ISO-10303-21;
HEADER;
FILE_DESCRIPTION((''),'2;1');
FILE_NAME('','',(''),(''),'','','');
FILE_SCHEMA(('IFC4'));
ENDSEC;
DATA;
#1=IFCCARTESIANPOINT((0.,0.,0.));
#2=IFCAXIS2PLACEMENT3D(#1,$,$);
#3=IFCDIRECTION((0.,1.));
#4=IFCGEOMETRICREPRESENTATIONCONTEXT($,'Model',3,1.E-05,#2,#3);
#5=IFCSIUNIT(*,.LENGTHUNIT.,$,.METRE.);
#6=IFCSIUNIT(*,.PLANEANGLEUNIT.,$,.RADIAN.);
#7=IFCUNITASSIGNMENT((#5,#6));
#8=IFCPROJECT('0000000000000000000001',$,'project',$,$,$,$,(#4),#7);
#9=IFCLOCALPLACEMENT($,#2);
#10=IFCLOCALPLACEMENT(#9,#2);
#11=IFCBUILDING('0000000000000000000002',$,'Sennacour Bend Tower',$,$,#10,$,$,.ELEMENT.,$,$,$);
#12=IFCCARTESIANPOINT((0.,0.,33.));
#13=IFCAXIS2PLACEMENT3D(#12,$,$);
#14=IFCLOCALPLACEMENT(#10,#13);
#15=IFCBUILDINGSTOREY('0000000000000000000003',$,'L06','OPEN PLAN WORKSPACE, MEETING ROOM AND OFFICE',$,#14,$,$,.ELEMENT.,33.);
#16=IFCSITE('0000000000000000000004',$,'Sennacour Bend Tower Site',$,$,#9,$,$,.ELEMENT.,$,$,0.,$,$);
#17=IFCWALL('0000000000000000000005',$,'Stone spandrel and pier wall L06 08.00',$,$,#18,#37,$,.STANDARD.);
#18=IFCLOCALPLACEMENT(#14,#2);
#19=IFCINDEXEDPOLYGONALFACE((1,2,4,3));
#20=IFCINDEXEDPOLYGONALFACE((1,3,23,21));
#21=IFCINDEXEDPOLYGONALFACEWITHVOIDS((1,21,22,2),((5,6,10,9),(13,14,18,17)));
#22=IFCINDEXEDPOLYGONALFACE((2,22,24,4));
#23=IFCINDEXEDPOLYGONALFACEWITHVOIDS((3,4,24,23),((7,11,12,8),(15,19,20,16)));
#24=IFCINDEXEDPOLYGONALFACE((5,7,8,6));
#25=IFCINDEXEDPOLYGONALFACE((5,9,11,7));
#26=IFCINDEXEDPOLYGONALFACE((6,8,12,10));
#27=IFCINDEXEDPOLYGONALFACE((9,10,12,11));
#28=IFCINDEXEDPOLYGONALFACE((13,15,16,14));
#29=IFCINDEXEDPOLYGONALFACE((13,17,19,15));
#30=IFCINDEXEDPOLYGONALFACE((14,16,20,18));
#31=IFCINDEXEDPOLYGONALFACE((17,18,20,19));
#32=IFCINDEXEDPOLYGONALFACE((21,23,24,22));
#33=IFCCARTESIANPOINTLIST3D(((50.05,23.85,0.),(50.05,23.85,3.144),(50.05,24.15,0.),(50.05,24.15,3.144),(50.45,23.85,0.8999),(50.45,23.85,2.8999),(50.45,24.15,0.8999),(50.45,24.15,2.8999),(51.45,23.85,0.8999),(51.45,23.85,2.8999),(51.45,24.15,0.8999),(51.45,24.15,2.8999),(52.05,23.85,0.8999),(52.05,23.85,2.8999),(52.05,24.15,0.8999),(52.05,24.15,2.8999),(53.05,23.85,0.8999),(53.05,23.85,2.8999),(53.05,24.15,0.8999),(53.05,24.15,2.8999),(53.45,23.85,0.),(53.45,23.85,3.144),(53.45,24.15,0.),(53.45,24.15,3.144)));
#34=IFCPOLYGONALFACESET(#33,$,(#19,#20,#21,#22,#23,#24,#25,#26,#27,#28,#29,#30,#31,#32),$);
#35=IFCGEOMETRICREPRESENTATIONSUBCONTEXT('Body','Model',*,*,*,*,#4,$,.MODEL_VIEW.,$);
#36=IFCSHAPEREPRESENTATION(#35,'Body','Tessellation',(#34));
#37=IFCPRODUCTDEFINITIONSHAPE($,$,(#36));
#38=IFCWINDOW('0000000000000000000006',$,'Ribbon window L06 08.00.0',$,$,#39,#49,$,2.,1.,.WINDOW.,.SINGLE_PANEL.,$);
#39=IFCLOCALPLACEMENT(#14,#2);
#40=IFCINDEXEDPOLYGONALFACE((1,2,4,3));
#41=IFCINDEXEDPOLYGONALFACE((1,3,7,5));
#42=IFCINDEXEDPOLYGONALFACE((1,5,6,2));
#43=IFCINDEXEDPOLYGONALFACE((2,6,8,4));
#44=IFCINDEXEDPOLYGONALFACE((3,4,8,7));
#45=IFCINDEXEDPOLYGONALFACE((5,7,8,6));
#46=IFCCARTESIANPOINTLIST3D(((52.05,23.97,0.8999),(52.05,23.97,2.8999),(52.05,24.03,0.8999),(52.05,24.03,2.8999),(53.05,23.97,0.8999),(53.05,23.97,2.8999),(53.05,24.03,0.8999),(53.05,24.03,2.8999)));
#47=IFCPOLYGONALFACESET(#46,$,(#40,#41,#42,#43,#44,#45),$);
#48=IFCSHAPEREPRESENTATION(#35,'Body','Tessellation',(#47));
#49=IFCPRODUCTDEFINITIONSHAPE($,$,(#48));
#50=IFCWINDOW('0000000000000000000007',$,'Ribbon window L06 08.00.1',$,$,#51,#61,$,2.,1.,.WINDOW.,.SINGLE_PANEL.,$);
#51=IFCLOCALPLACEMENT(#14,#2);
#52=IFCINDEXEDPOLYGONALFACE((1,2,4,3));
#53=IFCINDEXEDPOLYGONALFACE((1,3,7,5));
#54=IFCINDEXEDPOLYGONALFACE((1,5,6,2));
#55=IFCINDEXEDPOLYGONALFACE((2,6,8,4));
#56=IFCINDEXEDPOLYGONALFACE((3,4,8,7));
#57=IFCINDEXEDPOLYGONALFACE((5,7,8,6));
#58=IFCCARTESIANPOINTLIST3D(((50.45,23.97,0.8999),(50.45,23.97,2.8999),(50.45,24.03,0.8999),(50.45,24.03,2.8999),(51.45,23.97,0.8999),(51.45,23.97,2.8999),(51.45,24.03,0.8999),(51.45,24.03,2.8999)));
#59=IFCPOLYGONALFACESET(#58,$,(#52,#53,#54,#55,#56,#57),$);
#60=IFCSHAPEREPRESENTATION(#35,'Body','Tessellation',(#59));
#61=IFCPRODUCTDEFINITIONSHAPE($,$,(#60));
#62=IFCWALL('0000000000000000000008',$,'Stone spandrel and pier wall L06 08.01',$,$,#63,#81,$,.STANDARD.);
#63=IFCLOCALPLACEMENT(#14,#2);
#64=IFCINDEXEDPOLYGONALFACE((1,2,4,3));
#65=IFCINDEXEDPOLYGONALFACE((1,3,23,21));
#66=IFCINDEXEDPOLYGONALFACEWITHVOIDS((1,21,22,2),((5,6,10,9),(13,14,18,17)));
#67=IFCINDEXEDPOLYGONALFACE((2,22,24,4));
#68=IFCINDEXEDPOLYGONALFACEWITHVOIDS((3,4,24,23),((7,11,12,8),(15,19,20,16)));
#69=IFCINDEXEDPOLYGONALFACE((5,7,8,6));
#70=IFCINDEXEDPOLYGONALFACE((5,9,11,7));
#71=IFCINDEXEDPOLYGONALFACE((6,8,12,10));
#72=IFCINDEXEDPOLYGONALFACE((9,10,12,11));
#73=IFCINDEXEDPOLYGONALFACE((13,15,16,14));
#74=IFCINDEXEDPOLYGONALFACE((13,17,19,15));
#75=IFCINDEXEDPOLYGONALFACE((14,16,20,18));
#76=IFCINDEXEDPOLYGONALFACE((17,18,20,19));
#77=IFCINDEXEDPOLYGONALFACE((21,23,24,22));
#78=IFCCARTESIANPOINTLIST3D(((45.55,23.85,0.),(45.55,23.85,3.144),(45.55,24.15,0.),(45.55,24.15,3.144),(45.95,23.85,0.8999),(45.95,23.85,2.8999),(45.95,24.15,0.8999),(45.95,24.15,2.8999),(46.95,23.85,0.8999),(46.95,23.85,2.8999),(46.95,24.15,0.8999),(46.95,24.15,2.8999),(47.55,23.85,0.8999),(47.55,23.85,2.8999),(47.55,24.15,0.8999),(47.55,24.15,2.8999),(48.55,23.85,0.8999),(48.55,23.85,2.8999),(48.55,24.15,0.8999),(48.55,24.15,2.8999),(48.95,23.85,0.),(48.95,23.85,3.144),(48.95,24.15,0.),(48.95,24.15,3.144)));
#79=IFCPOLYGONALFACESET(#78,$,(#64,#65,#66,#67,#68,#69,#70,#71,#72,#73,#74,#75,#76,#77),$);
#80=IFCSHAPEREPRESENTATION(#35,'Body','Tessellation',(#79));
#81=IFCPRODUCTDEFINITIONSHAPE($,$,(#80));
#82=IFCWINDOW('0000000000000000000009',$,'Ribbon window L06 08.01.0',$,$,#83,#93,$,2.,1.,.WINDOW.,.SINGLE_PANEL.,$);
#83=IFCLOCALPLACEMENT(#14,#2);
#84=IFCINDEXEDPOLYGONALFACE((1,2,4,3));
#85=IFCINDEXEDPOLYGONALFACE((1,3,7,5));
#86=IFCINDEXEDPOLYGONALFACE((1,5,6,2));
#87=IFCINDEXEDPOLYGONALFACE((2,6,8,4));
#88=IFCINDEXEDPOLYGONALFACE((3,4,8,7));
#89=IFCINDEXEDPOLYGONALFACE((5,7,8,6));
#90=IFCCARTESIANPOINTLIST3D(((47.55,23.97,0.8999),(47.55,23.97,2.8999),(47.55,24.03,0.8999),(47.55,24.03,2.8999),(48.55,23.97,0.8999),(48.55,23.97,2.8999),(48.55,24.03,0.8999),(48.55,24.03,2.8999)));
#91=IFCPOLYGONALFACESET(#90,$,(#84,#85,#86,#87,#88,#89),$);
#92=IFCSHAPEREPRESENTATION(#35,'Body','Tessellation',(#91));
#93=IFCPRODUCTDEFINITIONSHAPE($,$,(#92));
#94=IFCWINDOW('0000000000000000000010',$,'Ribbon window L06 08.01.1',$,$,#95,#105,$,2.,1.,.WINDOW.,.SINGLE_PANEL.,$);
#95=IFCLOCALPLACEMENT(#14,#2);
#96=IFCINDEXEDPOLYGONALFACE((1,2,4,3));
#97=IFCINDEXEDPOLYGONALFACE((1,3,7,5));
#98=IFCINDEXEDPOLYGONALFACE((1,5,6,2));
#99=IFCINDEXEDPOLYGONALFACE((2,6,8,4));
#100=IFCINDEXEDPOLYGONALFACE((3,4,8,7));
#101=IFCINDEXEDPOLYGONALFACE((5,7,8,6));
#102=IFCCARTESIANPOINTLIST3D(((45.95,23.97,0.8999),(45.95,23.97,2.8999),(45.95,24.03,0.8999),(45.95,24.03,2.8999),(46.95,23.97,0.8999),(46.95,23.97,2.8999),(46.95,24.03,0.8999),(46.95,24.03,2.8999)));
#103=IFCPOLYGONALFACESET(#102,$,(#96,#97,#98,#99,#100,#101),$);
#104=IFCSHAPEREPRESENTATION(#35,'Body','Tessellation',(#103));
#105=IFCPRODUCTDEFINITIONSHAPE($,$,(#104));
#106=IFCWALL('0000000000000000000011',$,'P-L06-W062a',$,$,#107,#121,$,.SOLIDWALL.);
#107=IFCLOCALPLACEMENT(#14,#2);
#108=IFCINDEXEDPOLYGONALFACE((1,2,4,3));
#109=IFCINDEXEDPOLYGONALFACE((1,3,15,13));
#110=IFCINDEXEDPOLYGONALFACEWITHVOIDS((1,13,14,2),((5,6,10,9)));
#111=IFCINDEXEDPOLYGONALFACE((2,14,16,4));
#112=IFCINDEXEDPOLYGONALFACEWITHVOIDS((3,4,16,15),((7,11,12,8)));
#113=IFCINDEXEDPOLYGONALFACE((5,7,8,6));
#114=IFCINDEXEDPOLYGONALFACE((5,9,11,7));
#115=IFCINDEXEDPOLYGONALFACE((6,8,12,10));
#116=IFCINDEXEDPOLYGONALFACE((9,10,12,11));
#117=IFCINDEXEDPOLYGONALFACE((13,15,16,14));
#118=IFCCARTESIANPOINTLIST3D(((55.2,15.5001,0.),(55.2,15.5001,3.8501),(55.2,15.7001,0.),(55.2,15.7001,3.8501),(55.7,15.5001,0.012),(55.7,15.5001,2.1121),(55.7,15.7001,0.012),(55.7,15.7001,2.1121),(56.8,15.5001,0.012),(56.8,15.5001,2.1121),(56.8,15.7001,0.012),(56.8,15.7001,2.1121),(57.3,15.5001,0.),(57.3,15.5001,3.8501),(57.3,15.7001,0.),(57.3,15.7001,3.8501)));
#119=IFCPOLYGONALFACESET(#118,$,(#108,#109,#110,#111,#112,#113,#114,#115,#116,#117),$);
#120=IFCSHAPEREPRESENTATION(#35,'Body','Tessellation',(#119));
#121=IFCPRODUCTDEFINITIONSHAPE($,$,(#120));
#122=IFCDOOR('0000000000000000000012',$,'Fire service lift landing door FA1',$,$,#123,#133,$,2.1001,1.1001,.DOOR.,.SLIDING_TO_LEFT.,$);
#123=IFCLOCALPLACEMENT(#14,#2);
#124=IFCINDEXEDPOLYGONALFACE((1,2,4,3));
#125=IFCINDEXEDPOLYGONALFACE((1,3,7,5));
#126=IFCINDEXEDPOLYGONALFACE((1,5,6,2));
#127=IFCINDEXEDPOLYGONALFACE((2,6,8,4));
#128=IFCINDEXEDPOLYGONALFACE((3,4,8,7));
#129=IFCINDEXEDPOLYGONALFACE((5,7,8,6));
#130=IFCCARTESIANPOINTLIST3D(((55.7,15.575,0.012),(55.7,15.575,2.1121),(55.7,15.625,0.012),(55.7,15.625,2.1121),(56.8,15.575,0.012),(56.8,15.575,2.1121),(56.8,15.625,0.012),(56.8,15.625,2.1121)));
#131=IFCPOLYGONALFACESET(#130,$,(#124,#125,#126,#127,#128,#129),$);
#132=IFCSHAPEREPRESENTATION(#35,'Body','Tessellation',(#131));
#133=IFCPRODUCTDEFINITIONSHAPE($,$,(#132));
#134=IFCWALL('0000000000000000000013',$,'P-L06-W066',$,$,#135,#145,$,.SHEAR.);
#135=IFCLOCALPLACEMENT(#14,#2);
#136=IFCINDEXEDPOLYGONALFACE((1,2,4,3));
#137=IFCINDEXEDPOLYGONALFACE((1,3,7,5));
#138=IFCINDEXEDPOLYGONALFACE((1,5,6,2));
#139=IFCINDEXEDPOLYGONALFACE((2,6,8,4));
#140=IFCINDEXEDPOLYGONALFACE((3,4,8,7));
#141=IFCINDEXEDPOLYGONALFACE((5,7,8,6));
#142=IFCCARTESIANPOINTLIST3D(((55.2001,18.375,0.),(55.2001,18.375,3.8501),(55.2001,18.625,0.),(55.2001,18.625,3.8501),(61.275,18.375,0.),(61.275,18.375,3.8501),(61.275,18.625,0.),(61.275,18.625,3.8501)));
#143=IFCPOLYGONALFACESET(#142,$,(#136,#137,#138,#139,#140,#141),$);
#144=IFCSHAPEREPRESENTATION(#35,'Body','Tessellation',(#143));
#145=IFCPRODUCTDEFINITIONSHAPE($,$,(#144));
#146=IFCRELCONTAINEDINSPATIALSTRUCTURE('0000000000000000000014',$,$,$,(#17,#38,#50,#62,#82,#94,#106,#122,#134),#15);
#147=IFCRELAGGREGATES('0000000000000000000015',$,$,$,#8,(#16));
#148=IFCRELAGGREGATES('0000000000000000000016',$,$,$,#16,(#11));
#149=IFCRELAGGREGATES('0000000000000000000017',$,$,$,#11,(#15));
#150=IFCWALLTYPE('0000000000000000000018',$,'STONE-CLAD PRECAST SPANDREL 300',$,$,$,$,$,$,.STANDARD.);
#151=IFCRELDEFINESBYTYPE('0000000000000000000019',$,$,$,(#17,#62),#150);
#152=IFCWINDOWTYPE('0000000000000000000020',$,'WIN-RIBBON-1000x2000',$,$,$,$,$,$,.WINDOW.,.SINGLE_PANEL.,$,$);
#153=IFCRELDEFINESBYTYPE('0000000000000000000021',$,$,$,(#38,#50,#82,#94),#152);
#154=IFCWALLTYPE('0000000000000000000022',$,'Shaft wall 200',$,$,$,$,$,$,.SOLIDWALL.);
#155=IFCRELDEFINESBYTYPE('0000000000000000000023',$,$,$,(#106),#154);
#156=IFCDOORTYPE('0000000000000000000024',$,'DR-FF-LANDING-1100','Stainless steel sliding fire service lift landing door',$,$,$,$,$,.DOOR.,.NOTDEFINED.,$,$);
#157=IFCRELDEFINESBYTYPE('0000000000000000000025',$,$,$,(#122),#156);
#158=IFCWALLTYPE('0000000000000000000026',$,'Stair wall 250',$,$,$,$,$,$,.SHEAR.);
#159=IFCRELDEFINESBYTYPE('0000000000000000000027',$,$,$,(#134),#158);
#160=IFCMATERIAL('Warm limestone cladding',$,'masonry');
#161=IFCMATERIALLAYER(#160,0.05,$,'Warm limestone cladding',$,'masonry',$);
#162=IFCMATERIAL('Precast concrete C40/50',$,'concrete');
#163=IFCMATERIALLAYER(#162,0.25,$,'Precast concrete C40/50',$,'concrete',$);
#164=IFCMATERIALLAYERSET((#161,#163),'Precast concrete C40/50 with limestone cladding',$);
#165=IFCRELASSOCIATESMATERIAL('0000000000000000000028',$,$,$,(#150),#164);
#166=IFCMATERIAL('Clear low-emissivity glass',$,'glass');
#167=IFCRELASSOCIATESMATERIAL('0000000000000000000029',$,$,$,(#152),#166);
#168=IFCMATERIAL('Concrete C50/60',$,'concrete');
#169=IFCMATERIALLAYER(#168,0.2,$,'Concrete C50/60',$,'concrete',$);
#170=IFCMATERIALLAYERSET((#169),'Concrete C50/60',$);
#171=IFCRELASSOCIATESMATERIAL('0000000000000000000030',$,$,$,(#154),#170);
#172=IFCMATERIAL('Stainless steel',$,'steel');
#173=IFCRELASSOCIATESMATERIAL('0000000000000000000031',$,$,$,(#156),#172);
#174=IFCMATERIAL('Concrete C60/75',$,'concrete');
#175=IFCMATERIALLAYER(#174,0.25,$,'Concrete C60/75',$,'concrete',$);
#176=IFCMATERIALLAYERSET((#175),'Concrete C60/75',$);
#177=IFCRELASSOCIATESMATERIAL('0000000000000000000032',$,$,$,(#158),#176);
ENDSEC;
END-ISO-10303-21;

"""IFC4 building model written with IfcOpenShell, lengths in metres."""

from ifc_helpers import new_model, si_unit, direction, frame, frame_2d, origin, place, context, subcontext, project, spatial, rectangle, extrude, material, layer, layer_set, type_object, element, fill, save


model = new_model("IFC4")

# Units and contexts
model_context = context("Model", 3, precision=1e-05, world=origin(), true_north=direction((0.0, 1.0)))
body_context = subcontext(model_context, "Body", "Model", "MODEL_VIEW")
ifc_project = project(units=[si_unit("LENGTHUNIT", "METRE"), si_unit("PLANEANGLEUNIT", "RADIAN")], contexts=[model_context])

# Site, building, storey
site_placement = place(None, origin())
site = spatial("IfcSite", under=ifc_project, at=site_placement, Name="Sennacour Bend Tower Site", CompositionType="ELEMENT", RefElevation=0.0)
building_placement = place(site_placement, origin())
building = spatial("IfcBuilding", under=site, at=building_placement, Name="Sennacour Bend Tower", CompositionType="ELEMENT")
storey_placement = place(building_placement, frame((0.0, 0.0, 33.0)))
storey = spatial("IfcBuildingStorey", under=building, at=storey_placement, Name="L06", Description="OPEN PLAN WORKSPACE, MEETING ROOM AND OFFICE", CompositionType="ELEMENT", Elevation=33.0)

# Shared definitions
ifc_material_1 = material(Name="Warm limestone cladding", Category="masonry")
ifc_layer_1 = layer(ifc_material_1, 0.05, Name="Warm limestone cladding", Category="masonry")
ifc_material_2 = material(Name="Precast concrete C40/50", Category="concrete")
ifc_layer_2 = layer(ifc_material_2, 0.25, Name="Precast concrete C40/50", Category="concrete")
ifc_layer_set_1 = layer_set([ifc_layer_1, ifc_layer_2], Name="Precast concrete C40/50 with limestone cladding")
wall_type_1 = type_object("IfcWallType", Name="STONE-CLAD PRECAST SPANDREL 300", PredefinedType="STANDARD", material=ifc_layer_set_1)

# Walls, openings, windows
wall_1_placement = place(storey_placement, frame((53.45, 24.0, 0.0), z_axis=(0.0, 0.0, 1.0), x_axis=(-1.0, 0.0, 0.0)))
wall_1 = element("IfcWall", 1, at=wall_1_placement, inside=storey, type_object=wall_type_1, Name="Stone spandrel and pier wall L06 08.00", PredefinedType="STANDARD", context=body_context, shape_type="SweptSolid", body=[
    extrude(rectangle(XDim=3.3999, YDim=0.3, at=frame_2d((1.7, 0.0))), origin(), (0.0, 0.0, 1.0), 3.144),
])
opening_1_placement = place(wall_1_placement, frame((0.3999, 0.0, 0.8999)))
opening_1 = element("IfcOpeningElement", 2, at=opening_1_placement, cuts=wall_1, PredefinedType="OPENING", context=body_context, shape_type="SweptSolid", body=[
    extrude(rectangle(XDim=1.0, YDim=2.0, at=frame_2d((0.5, 1.0))), frame((0.0, 0.1602, 0.0), z_axis=(0.0, -1.0, 0.0), x_axis=(1.0, 0.0, 0.0)), (0.0, 0.0, 1.0), 0.3201),
])
opening_2_placement = place(wall_1_placement, frame((2.0, 0.0, 0.8999)))
opening_2 = element("IfcOpeningElement", 3, at=opening_2_placement, cuts=wall_1, PredefinedType="OPENING", context=body_context, shape_type="SweptSolid", body=[
    extrude(rectangle(XDim=1.0, YDim=2.0, at=frame_2d((0.5, 1.0))), frame((0.0, 0.1602, 0.0), z_axis=(0.0, -1.0, 0.0), x_axis=(1.0, 0.0, 0.0)), (0.0, 0.0, 1.0), 0.3201),
])
ifc_material_3 = material(Name="Clear low-emissivity glass", Category="glass")
window_type = type_object("IfcWindowType", Name="WIN-RIBBON-1000x2000", PartitioningType="SINGLE_PANEL", PredefinedType="WINDOW", material=ifc_material_3)
window_1_placement = place(opening_1_placement, origin())
window_1 = element("IfcWindow", 4, at=window_1_placement, inside=storey, type_object=window_type, Name="Ribbon window L06 08.00.0", OverallHeight=2.0, OverallWidth=1.0, PartitioningType="SINGLE_PANEL", PredefinedType="WINDOW", context=body_context, shape_type="SweptSolid", body=[
    extrude(rectangle(XDim=1.0, YDim=2.0, at=frame_2d((0.5, 1.0))), frame((0.0, 0.03, 0.0), z_axis=(0.0, -1.0, 0.0), x_axis=(1.0, 0.0, 0.0)), (0.0, 0.0, 1.0), 0.0601),
])
fill(opening_1, window_1)
window_2_placement = place(opening_2_placement, origin())
window_2 = element("IfcWindow", 5, at=window_2_placement, inside=storey, type_object=window_type, Name="Ribbon window L06 08.00.1", OverallHeight=2.0, OverallWidth=1.0, PartitioningType="SINGLE_PANEL", PredefinedType="WINDOW", context=body_context, shape_type="SweptSolid", body=[
    extrude(rectangle(XDim=1.0, YDim=2.0, at=frame_2d((0.5, 1.0))), frame((0.0, 0.03, 0.0), z_axis=(0.0, -1.0, 0.0), x_axis=(1.0, 0.0, 0.0)), (0.0, 0.0, 1.0), 0.0601),
])
fill(opening_2, window_2)
wall_2_placement = place(storey_placement, frame((48.95, 24.0, 0.0), z_axis=(0.0, 0.0, 1.0), x_axis=(-1.0, 0.0, 0.0)))
wall_2 = element("IfcWall", 6, at=wall_2_placement, inside=storey, type_object=wall_type_1, Name="Stone spandrel and pier wall L06 08.01", PredefinedType="STANDARD", context=body_context, shape_type="SweptSolid", body=[
    extrude(rectangle(XDim=3.3999, YDim=0.3, at=frame_2d((1.7, 0.0))), origin(), (0.0, 0.0, 1.0), 3.144),
])
opening_3_placement = place(wall_2_placement, frame((0.3999, 0.0, 0.8999)))
opening_3 = element("IfcOpeningElement", 7, at=opening_3_placement, cuts=wall_2, PredefinedType="OPENING", context=body_context, shape_type="SweptSolid", body=[
    extrude(rectangle(XDim=1.0, YDim=2.0, at=frame_2d((0.5, 1.0))), frame((0.0, 0.1602, 0.0), z_axis=(0.0, -1.0, 0.0), x_axis=(1.0, 0.0, 0.0)), (0.0, 0.0, 1.0), 0.3201),
])
opening_4_placement = place(wall_2_placement, frame((2.0, 0.0, 0.8999)))
opening_4 = element("IfcOpeningElement", 8, at=opening_4_placement, cuts=wall_2, PredefinedType="OPENING", context=body_context, shape_type="SweptSolid", body=[
    extrude(rectangle(XDim=1.0, YDim=2.0, at=frame_2d((0.5, 1.0))), frame((0.0, 0.1602, 0.0), z_axis=(0.0, -1.0, 0.0), x_axis=(1.0, 0.0, 0.0)), (0.0, 0.0, 1.0), 0.3201),
])
window_3_placement = place(opening_3_placement, origin())
window_3 = element("IfcWindow", 9, at=window_3_placement, inside=storey, type_object=window_type, Name="Ribbon window L06 08.01.0", OverallHeight=2.0, OverallWidth=1.0, PartitioningType="SINGLE_PANEL", PredefinedType="WINDOW", context=body_context, shape_type="SweptSolid", body=[
    extrude(rectangle(XDim=1.0, YDim=2.0, at=frame_2d((0.5, 1.0))), frame((0.0, 0.03, 0.0), z_axis=(0.0, -1.0, 0.0), x_axis=(1.0, 0.0, 0.0)), (0.0, 0.0, 1.0), 0.0601),
])
fill(opening_3, window_3)
window_4_placement = place(opening_4_placement, origin())
window_4 = element("IfcWindow", 10, at=window_4_placement, inside=storey, type_object=window_type, Name="Ribbon window L06 08.01.1", OverallHeight=2.0, OverallWidth=1.0, PartitioningType="SINGLE_PANEL", PredefinedType="WINDOW", context=body_context, shape_type="SweptSolid", body=[
    extrude(rectangle(XDim=1.0, YDim=2.0, at=frame_2d((0.5, 1.0))), frame((0.0, 0.03, 0.0), z_axis=(0.0, -1.0, 0.0), x_axis=(1.0, 0.0, 0.0)), (0.0, 0.0, 1.0), 0.0601),
])
fill(opening_4, window_4)

# Wall, opening, door
ifc_material_4 = material(Name="Concrete C50/60", Category="concrete")
ifc_layer_3 = layer(ifc_material_4, 0.2, Name="Concrete C50/60", Category="concrete")
ifc_layer_set_2 = layer_set([ifc_layer_3], Name="Concrete C50/60")
wall_type_2 = type_object("IfcWallType", Name="Shaft wall 200", PredefinedType="SOLIDWALL", material=ifc_layer_set_2)
wall_3_placement = place(storey_placement, frame((55.2, 15.6001, 0.0), z_axis=(0.0, 0.0, 1.0), x_axis=(1.0, 0.0, 0.0)))
wall_3 = element("IfcWall", 11, at=wall_3_placement, inside=storey, type_object=wall_type_2, Name="P-L06-W062a", PredefinedType="SOLIDWALL", context=body_context, shape_type="SweptSolid", body=[
    extrude(rectangle(XDim=2.1001, YDim=0.2, at=frame_2d((1.05, 0.0))), origin(), (0.0, 0.0, 1.0), 3.8501),
])
opening_5_placement = place(wall_3_placement, frame((0.5, 0.0, 0.012)))
opening_5 = element("IfcOpeningElement", 12, at=opening_5_placement, cuts=wall_3, PredefinedType="OPENING", context=body_context, shape_type="SweptSolid", body=[
    extrude(rectangle(XDim=1.1001, YDim=2.1001, at=frame_2d((0.55, 1.05))), frame((0.0, 0.1099, 0.0), z_axis=(0.0, -1.0, 0.0), x_axis=(1.0, 0.0, 0.0)), (0.0, 0.0, 1.0), 0.22),
])
ifc_material_5 = material(Name="Stainless steel", Category="steel")
door_type_1 = type_object("IfcDoorType", Name="DR-FF-LANDING-1100", Description="Stainless steel sliding fire service lift landing door", OperationType="NOTDEFINED", PredefinedType="DOOR", material=ifc_material_5)
door_1_placement = place(opening_5_placement, origin())
door_1 = element("IfcDoor", 13, at=door_1_placement, inside=storey, type_object=door_type_1, Name="Fire service lift landing door FA1", OperationType="SLIDING_TO_LEFT", OverallHeight=2.1001, OverallWidth=1.1001, PredefinedType="DOOR", context=body_context, shape_type="SweptSolid", body=[
    extrude(rectangle(XDim=1.1001, YDim=2.1001, at=frame_2d((0.55, 1.05))), frame((0.0, 0.0249, 0.0), z_axis=(0.0, -1.0, 0.0), x_axis=(1.0, 0.0, 0.0)), (0.0, 0.0, 1.0), 0.05),
])
fill(opening_5, door_1)

# Wall
ifc_material_6 = material(Name="Concrete C60/75", Category="concrete")
ifc_layer_4 = layer(ifc_material_6, 0.25, Name="Concrete C60/75", Category="concrete")
ifc_layer_set_3 = layer_set([ifc_layer_4], Name="Concrete C60/75")
wall_type_3 = type_object("IfcWallType", Name="Stair wall 250", PredefinedType="SHEAR", material=ifc_layer_set_3)
wall_4_placement = place(storey_placement, frame((55.2, 18.5, 0.0), z_axis=(0.0, 0.0, 1.0), x_axis=(1.0, 0.0, 0.0)))
element("IfcWall", 14, at=wall_4_placement, inside=storey, type_object=wall_type_3, Name="P-L06-W066", PredefinedType="SHEAR", context=body_context, shape_type="SweptSolid", body=[
    extrude(rectangle(XDim=6.075, YDim=0.25, at=frame_2d((3.0376, 0.0))), origin(), (0.0, 0.0, 1.0), 3.8501),
])

save(model, "model.ifc")
